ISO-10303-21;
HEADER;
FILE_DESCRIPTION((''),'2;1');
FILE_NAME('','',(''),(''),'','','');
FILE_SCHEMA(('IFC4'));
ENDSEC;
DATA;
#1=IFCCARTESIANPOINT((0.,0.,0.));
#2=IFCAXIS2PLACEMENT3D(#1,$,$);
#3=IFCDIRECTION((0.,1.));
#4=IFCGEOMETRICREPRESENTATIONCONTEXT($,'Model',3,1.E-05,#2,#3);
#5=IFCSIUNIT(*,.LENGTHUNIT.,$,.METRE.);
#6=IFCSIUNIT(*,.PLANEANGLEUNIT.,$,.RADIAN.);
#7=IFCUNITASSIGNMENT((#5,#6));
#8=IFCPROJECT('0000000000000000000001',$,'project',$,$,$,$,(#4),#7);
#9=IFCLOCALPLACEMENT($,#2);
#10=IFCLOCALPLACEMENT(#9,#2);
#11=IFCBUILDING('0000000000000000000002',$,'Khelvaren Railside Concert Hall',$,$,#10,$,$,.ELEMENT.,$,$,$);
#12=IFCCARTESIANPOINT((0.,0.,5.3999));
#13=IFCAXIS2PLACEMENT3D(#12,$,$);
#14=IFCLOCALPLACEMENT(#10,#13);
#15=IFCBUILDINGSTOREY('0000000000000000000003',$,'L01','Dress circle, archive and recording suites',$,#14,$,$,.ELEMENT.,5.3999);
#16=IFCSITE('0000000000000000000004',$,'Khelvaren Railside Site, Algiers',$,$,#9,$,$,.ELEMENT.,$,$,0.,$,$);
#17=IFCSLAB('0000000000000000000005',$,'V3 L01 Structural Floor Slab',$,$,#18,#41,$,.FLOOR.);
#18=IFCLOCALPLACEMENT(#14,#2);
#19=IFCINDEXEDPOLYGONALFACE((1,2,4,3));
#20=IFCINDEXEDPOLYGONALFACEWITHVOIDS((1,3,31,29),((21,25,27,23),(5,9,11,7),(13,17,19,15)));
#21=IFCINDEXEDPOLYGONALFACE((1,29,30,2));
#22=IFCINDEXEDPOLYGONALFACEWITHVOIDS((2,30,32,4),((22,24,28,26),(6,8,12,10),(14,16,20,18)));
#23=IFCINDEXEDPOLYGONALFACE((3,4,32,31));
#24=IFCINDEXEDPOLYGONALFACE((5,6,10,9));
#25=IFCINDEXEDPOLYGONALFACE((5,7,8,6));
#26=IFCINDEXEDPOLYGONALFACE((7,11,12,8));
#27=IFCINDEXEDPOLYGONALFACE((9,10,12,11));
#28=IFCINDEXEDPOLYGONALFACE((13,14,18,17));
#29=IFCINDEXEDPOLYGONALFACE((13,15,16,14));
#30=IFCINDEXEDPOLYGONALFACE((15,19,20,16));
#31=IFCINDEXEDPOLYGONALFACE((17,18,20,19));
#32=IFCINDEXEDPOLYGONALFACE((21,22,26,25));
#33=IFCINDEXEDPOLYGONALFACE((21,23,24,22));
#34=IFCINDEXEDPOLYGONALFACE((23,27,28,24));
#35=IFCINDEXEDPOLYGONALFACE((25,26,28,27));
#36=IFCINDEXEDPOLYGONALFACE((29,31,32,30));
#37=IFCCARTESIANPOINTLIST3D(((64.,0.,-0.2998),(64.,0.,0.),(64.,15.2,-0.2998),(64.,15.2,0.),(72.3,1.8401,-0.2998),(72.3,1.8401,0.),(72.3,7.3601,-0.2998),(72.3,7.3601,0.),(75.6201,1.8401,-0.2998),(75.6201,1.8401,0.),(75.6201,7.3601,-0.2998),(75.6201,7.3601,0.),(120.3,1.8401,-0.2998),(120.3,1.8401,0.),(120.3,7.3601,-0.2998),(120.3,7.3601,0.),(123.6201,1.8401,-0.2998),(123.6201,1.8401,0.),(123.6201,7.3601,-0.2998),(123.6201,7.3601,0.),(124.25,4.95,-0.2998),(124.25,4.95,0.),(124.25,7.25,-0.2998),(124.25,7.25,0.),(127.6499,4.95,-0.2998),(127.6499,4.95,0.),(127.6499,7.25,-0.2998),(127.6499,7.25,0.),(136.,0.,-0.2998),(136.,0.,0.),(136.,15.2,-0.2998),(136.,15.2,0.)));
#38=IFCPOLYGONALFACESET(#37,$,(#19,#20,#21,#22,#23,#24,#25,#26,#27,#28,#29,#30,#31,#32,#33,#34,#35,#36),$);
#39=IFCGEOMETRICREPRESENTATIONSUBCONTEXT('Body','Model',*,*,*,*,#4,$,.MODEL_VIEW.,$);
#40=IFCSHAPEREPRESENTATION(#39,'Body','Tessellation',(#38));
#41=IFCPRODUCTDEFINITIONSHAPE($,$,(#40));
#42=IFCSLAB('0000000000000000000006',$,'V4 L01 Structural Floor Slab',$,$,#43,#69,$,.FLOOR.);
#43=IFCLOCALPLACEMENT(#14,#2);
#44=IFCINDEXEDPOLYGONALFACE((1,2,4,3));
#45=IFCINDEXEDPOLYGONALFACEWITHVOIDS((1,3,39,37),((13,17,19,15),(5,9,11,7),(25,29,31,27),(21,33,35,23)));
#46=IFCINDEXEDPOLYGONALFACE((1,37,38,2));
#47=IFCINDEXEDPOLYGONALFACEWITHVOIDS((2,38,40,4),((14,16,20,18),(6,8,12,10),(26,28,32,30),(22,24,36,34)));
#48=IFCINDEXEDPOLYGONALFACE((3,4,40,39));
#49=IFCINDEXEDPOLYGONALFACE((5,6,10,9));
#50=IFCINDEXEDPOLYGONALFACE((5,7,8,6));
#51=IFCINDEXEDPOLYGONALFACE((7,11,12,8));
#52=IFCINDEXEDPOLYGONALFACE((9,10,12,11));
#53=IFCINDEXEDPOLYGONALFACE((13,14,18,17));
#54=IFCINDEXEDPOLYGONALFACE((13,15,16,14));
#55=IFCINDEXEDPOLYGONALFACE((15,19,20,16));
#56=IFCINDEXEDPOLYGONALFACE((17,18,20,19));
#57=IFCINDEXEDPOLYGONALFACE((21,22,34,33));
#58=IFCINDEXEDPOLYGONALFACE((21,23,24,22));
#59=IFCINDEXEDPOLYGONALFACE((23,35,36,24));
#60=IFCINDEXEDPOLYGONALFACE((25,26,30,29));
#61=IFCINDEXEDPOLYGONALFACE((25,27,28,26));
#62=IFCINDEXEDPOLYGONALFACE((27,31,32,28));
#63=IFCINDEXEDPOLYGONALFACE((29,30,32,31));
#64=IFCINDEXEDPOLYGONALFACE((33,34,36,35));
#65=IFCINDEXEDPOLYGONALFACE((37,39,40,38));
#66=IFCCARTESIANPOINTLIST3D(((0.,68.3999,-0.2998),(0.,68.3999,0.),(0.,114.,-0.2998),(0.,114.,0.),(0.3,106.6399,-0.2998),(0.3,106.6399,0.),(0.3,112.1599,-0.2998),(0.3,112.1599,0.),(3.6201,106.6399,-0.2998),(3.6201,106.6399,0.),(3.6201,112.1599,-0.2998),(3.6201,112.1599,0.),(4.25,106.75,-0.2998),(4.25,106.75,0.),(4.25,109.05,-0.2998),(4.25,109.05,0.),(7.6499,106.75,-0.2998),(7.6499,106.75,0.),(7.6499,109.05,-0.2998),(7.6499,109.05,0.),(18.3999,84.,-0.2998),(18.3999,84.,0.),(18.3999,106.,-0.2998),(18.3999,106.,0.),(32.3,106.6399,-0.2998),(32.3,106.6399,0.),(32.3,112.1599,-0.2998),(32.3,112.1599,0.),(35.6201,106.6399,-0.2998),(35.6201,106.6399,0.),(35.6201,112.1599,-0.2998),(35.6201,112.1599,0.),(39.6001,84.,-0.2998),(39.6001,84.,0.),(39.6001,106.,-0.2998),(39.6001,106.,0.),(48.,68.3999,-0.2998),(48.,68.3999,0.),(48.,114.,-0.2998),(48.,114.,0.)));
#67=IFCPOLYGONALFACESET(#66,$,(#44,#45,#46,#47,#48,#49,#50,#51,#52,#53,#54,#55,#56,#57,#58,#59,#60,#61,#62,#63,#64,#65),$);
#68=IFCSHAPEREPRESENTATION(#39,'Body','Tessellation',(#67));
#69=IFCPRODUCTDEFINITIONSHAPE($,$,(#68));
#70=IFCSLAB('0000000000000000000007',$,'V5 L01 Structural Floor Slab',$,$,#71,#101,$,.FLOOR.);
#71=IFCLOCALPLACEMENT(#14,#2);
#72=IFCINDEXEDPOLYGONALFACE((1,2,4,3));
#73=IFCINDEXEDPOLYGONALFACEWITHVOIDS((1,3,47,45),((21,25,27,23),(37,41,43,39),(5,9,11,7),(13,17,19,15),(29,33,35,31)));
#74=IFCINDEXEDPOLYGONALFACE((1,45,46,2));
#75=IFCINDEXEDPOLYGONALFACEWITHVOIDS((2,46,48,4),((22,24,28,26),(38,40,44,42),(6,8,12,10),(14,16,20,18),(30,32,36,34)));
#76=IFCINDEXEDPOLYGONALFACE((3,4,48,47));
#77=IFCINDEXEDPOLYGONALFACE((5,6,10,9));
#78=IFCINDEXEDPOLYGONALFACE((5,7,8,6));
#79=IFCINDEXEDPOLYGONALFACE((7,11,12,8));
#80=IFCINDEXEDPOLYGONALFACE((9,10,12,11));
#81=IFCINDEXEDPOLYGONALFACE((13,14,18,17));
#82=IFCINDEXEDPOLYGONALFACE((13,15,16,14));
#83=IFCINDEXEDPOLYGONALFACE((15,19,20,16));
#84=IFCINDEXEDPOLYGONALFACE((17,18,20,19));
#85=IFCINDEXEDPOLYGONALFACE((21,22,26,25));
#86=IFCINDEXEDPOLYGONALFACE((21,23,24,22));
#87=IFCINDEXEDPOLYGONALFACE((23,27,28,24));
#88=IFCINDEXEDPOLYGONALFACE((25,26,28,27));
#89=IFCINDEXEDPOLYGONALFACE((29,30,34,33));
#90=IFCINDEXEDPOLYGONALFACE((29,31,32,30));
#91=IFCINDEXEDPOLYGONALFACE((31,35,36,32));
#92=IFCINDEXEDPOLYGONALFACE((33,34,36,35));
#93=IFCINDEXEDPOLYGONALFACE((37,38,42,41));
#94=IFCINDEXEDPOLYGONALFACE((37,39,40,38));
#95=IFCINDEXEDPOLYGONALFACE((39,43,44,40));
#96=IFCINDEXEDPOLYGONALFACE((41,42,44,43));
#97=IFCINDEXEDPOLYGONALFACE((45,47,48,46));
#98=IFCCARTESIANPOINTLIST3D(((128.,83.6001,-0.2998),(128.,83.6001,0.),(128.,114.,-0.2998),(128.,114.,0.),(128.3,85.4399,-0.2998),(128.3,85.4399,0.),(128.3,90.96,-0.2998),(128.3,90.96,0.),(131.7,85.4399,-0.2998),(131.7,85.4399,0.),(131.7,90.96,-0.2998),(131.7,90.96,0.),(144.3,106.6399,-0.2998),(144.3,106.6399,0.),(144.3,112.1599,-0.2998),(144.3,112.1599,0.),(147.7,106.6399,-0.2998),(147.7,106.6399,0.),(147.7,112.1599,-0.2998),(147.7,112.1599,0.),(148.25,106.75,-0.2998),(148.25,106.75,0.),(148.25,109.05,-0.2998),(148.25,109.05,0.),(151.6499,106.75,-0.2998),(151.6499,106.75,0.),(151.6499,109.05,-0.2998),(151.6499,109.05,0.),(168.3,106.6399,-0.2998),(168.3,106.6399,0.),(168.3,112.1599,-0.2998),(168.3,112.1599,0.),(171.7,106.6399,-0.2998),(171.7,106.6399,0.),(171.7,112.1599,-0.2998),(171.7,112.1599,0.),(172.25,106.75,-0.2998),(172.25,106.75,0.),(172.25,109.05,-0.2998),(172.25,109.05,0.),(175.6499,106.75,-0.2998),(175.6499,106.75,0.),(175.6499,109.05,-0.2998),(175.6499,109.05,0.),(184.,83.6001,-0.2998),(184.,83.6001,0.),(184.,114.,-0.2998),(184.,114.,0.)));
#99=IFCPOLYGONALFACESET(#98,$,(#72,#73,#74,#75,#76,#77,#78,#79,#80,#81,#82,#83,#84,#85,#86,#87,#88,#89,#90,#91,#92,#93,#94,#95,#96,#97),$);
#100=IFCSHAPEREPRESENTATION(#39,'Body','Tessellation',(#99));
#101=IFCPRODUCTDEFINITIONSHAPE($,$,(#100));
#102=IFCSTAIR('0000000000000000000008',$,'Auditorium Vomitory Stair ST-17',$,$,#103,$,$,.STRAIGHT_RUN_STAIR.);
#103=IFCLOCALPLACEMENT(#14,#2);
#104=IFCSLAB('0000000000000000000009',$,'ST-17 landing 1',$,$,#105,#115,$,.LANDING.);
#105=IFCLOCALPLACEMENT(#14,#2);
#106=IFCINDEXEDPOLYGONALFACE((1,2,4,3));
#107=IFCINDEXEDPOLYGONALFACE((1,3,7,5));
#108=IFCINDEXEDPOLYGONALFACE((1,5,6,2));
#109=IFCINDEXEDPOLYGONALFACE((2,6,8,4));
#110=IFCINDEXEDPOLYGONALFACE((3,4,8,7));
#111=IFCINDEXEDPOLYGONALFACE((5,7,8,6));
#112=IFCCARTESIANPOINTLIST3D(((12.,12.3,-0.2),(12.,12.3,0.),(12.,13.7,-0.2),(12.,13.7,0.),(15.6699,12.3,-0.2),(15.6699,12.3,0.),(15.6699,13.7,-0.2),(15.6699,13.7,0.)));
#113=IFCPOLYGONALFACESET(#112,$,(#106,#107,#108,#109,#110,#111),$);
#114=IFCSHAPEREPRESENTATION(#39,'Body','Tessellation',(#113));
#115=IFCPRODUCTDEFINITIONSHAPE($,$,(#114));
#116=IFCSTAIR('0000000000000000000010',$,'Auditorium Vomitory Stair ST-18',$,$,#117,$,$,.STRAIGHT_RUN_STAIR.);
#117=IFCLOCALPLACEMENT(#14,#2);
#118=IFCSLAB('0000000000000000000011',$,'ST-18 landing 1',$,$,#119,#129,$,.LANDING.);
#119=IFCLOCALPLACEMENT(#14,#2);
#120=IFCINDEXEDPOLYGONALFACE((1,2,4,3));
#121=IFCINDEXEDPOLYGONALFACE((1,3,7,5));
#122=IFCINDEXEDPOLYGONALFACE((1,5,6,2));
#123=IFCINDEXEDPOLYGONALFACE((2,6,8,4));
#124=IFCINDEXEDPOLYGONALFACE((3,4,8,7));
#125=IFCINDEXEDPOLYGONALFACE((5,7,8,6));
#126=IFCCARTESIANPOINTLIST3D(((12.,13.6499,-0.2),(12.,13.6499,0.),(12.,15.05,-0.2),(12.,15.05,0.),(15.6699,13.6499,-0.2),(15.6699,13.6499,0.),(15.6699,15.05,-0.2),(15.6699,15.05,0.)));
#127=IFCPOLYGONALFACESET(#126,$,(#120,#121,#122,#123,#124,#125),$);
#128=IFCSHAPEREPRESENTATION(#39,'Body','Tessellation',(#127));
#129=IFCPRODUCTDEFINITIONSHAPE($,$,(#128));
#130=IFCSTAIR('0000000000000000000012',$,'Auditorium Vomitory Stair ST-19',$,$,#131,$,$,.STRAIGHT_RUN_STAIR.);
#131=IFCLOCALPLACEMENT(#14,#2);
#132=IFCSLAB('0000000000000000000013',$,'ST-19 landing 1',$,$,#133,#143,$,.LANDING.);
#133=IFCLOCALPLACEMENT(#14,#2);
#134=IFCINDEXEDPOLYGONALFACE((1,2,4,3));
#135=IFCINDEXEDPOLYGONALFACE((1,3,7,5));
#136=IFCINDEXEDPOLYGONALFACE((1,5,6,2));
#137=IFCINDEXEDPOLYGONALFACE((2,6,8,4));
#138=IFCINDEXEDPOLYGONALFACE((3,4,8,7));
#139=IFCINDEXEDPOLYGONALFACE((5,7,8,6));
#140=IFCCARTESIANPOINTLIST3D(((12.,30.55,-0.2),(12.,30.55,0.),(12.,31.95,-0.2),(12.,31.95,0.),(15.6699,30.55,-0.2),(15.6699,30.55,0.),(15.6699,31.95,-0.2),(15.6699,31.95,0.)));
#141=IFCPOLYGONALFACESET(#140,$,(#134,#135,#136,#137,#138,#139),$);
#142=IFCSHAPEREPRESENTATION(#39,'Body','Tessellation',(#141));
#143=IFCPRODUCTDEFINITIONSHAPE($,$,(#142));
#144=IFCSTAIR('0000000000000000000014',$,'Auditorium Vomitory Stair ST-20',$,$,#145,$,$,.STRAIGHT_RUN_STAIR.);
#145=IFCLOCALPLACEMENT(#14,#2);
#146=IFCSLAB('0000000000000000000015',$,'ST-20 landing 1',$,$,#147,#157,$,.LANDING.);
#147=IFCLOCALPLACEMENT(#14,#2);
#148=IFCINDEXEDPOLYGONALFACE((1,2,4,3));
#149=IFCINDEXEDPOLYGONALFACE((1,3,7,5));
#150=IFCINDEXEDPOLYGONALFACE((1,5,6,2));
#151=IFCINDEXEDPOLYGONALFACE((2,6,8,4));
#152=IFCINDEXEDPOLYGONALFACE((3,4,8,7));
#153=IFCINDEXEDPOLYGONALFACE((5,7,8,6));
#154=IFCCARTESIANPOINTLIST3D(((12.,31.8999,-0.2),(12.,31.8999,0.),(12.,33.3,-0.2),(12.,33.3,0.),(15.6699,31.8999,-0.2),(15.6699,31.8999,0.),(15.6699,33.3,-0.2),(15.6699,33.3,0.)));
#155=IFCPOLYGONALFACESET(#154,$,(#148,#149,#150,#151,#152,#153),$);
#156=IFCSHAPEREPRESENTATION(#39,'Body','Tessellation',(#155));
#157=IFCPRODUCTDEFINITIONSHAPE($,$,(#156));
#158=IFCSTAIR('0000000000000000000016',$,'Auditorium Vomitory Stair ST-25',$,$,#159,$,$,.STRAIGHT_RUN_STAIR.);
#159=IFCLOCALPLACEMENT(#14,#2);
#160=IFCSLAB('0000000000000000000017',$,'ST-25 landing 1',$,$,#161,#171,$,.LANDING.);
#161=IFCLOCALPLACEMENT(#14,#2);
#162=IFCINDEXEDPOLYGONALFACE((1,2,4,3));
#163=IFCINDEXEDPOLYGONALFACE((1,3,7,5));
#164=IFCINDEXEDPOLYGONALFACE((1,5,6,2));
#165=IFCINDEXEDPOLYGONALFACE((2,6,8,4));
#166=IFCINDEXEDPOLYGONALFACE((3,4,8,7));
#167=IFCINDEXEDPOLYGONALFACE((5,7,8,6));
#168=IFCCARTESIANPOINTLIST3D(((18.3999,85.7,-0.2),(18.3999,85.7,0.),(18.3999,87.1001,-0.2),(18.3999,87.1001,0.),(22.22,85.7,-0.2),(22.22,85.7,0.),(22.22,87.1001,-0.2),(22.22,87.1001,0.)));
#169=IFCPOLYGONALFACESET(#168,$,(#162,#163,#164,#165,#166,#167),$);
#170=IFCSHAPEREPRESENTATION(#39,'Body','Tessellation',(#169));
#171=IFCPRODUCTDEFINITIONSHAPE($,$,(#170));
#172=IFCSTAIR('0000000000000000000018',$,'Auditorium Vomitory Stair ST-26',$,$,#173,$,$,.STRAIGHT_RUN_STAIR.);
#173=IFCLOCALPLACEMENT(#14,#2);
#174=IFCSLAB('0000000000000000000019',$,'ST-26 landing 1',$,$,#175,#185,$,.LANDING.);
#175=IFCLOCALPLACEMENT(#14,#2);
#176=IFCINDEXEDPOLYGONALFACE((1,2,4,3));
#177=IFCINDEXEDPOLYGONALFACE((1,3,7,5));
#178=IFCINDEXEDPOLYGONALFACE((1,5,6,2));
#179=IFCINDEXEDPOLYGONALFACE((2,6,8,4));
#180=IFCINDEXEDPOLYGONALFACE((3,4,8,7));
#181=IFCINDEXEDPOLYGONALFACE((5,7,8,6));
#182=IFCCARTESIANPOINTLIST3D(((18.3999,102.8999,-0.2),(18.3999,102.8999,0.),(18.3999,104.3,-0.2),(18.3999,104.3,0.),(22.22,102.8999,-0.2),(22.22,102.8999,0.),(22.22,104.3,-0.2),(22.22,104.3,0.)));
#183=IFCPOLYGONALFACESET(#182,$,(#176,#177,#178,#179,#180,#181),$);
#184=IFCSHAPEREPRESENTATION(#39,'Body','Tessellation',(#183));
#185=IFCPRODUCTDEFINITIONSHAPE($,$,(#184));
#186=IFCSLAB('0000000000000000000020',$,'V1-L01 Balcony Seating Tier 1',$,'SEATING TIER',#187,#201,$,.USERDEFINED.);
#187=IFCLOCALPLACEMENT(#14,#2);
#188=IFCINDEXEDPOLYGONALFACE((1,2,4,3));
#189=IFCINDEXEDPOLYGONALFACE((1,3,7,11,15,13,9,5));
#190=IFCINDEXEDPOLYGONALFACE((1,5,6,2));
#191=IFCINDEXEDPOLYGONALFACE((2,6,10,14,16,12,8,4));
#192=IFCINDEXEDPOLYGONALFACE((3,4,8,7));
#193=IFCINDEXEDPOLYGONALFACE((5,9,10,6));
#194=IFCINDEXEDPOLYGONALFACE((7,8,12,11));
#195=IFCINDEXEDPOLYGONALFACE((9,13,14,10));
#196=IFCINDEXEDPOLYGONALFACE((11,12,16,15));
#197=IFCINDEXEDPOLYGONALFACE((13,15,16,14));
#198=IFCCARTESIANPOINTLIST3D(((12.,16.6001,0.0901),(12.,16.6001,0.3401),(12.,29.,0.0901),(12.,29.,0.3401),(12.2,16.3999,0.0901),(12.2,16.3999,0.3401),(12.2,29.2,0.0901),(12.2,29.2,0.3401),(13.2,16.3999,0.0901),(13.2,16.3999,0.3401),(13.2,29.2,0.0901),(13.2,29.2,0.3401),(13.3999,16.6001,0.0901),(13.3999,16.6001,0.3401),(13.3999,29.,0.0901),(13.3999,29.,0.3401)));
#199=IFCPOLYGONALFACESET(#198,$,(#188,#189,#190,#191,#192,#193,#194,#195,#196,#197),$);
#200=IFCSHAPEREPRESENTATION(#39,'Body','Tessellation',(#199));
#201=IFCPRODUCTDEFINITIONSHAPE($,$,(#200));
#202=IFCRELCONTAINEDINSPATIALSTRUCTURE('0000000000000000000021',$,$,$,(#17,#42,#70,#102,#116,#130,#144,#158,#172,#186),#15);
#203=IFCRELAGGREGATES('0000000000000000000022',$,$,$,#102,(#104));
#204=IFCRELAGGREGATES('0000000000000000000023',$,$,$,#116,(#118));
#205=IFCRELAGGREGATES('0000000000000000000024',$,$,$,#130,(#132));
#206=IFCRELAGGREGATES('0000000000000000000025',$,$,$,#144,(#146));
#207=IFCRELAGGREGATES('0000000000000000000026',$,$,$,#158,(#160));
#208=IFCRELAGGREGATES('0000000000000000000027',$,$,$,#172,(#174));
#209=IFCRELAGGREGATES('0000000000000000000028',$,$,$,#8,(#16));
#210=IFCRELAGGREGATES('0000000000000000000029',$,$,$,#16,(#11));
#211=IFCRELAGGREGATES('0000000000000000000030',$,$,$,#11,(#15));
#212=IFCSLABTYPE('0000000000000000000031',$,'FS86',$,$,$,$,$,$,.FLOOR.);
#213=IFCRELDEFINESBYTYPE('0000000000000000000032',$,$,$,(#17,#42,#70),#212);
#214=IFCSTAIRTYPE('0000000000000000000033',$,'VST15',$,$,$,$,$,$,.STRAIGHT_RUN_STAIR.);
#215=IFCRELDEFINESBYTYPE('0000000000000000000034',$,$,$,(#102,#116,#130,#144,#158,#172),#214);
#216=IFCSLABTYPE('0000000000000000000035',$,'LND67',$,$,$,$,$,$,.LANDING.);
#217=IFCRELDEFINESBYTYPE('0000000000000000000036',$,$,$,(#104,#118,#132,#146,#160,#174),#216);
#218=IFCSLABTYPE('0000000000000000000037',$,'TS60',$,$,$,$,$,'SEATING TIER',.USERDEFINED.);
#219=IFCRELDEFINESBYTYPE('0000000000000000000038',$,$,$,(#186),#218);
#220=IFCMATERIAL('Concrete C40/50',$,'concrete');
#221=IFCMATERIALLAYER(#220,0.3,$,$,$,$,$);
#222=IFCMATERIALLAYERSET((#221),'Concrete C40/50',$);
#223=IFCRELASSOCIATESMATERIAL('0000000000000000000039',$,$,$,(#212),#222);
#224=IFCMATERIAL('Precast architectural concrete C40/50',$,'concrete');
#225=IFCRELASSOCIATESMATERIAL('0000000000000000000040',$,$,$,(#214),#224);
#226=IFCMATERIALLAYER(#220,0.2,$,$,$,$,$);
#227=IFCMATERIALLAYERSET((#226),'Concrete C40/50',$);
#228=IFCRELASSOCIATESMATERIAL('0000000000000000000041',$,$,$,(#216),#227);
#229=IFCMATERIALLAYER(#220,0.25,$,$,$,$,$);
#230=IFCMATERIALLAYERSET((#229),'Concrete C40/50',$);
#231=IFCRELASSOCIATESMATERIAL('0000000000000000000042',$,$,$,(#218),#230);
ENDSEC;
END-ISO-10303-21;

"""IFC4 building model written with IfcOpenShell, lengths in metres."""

from ifc_helpers import new_model, si_unit, direction, frame, origin, place, context, subcontext, project, spatial, polyline, outline, extrude, material, layer, layer_set, type_object, element, aggregate, save


model = new_model("IFC4")

# Units and contexts
model_context = context("Model", 3, precision=1e-05, world=origin(), true_north=direction((0.0, 1.0)))
body_context = subcontext(model_context, "Body", "Model", "MODEL_VIEW")
ifc_project = project(units=[si_unit("LENGTHUNIT", "METRE"), si_unit("PLANEANGLEUNIT", "RADIAN")], contexts=[model_context])

# Site, building, storey
site_placement = place(None, origin())
site = spatial("IfcSite", under=ifc_project, at=site_placement, Name="Khelvaren Railside Site, Algiers", CompositionType="ELEMENT", RefElevation=0.0)
building_placement = place(site_placement, origin())
building = spatial("IfcBuilding", under=site, at=building_placement, Name="Khelvaren Railside Concert Hall", CompositionType="ELEMENT")
storey_placement = place(building_placement, frame((0.0, 0.0, 5.3999)))
storey = spatial("IfcBuildingStorey", under=building, at=storey_placement, Name="L01", Description="Dress circle, archive and recording suites", CompositionType="ELEMENT", Elevation=5.3999)

# Slabs
ifc_material_1 = material(Name="Concrete C40/50", Category="concrete")
ifc_layer_1 = layer(ifc_material_1, 0.3)
ifc_layer_set_1 = layer_set([ifc_layer_1], Name="Concrete C40/50")
slab_type_1 = type_object("IfcSlabType", Name="FS86", PredefinedType="FLOOR", material=ifc_layer_set_1)
slab_1_placement = place(storey_placement, frame((0.0, 0.0, -0.2998)))
element("IfcSlab", 1, at=slab_1_placement, inside=storey, type_object=slab_type_1, Name="V3 L01 Structural Floor Slab", PredefinedType="FLOOR", context=body_context, shape_type="SweptSolid", body=[
    extrude(outline(polyline([(64.0, 0.0), (136.0, 0.0), (136.0, 15.2), (64.0, 15.2), (64.0, 0.0)]), holes=[polyline([(75.6201, 1.8401), (75.6201, 7.3601), (72.3, 7.3601), (72.3, 1.8401), (75.6201, 1.8401)]), polyline([(123.6201, 1.8401), (123.6201, 7.3601), (120.3, 7.3601), (120.3, 1.8401), (123.6201, 1.8401)]), polyline([(124.25, 4.95), (127.6499, 4.95), (127.6499, 7.25), (124.25, 7.25), (124.25, 4.95)])]), origin(), (0.0, 0.0, 1.0), 0.2998),
])
slab_2_placement = place(storey_placement, frame((0.0, 0.0, -0.2998)))
element("IfcSlab", 2, at=slab_2_placement, inside=storey, type_object=slab_type_1, Name="V4 L01 Structural Floor Slab", PredefinedType="FLOOR", context=body_context, shape_type="SweptSolid", body=[
    extrude(outline(polyline([(0.0, 68.3999), (48.0, 68.3999), (48.0, 114.0), (0.0, 114.0), (0.0, 68.3999)]), holes=[polyline([(0.3, 112.1599), (0.3, 106.6399), (3.6201, 106.6399), (3.6201, 112.1599), (0.3, 112.1599)]), polyline([(4.25, 106.75), (7.6499, 106.75), (7.6499, 109.05), (4.25, 109.05), (4.25, 106.75)]), polyline([(32.3, 112.1599), (32.3, 106.6399), (35.6201, 106.6399), (35.6201, 112.1599), (32.3, 112.1599)]), polyline([(18.3999, 84.0), (39.6001, 84.0), (39.6001, 106.0), (18.3999, 106.0), (18.3999, 84.0)])]), origin(), (0.0, 0.0, 1.0), 0.2998),
])
slab_3_placement = place(storey_placement, frame((0.0, 0.0, -0.2998)))
element("IfcSlab", 3, at=slab_3_placement, inside=storey, type_object=slab_type_1, Name="V5 L01 Structural Floor Slab", PredefinedType="FLOOR", context=body_context, shape_type="SweptSolid", body=[
    extrude(outline(polyline([(128.0, 83.6001), (184.0, 83.6001), (184.0, 114.0), (128.0, 114.0), (128.0, 83.6001)]), holes=[polyline([(144.3, 112.1599), (144.3, 106.6399), (147.7, 106.6399), (147.7, 112.1599), (144.3, 112.1599)]), polyline([(148.25, 106.75), (151.6499, 106.75), (151.6499, 109.05), (148.25, 109.05), (148.25, 106.75)]), polyline([(168.3, 112.1599), (168.3, 106.6399), (171.7, 106.6399), (171.7, 112.1599), (168.3, 112.1599)]), polyline([(172.25, 106.75), (175.6499, 106.75), (175.6499, 109.05), (172.25, 109.05), (172.25, 106.75)]), polyline([(131.7, 85.4399), (131.7, 90.96), (128.3, 90.96), (128.3, 85.4399), (131.7, 85.4399)])]), origin(), (0.0, 0.0, 1.0), 0.2998),
])

# Stairs, slabs
ifc_material_2 = material(Name="Precast architectural concrete C40/50", Category="concrete")
stair_type = type_object("IfcStairType", Name="VST15", PredefinedType="STRAIGHT_RUN_STAIR", material=ifc_material_2)
stair_1_placement = place(storey_placement, origin())
stair_1 = element("IfcStair", 4, at=stair_1_placement, inside=storey, type_object=stair_type, Name="Auditorium Vomitory Stair ST-17", PredefinedType="STRAIGHT_RUN_STAIR")
ifc_layer_2 = layer(ifc_material_1, 0.2)
ifc_layer_set_2 = layer_set([ifc_layer_2], Name="Concrete C40/50")
slab_type_2 = type_object("IfcSlabType", Name="LND67", PredefinedType="LANDING", material=ifc_layer_set_2)
slab_4_placement = place(storey_placement, frame((0.0, 0.0, -0.2)))
slab_4 = element("IfcSlab", 5, at=slab_4_placement, type_object=slab_type_2, Name="ST-17 landing 1", PredefinedType="LANDING", context=body_context, shape_type="SweptSolid", body=[
    extrude(outline(polyline([(12.0, 12.3), (15.6699, 12.3), (15.6699, 13.7), (12.0, 13.7), (12.0, 12.3)])), origin(), (0.0, 0.0, 1.0), 0.2),
])
aggregate(stair_1, [slab_4])
stair_2_placement = place(storey_placement, origin())
stair_2 = element("IfcStair", 6, at=stair_2_placement, inside=storey, type_object=stair_type, Name="Auditorium Vomitory Stair ST-18", PredefinedType="STRAIGHT_RUN_STAIR")
slab_5_placement = place(storey_placement, frame((0.0, 0.0, -0.2)))
slab_5 = element("IfcSlab", 7, at=slab_5_placement, type_object=slab_type_2, Name="ST-18 landing 1", PredefinedType="LANDING", context=body_context, shape_type="SweptSolid", body=[
    extrude(outline(polyline([(12.0, 13.6499), (15.6699, 13.6499), (15.6699, 15.05), (12.0, 15.05), (12.0, 13.6499)])), origin(), (0.0, 0.0, 1.0), 0.2),
])
aggregate(stair_2, [slab_5])
stair_3_placement = place(storey_placement, origin())
stair_3 = element("IfcStair", 8, at=stair_3_placement, inside=storey, type_object=stair_type, Name="Auditorium Vomitory Stair ST-19", PredefinedType="STRAIGHT_RUN_STAIR")
slab_6_placement = place(storey_placement, frame((0.0, 0.0, -0.2)))
slab_6 = element("IfcSlab", 9, at=slab_6_placement, type_object=slab_type_2, Name="ST-19 landing 1", PredefinedType="LANDING", context=body_context, shape_type="SweptSolid", body=[
    extrude(outline(polyline([(12.0, 30.55), (15.6699, 30.55), (15.6699, 31.95), (12.0, 31.95), (12.0, 30.55)])), origin(), (0.0, 0.0, 1.0), 0.2),
])
aggregate(stair_3, [slab_6])
stair_4_placement = place(storey_placement, origin())
stair_4 = element("IfcStair", 10, at=stair_4_placement, inside=storey, type_object=stair_type, Name="Auditorium Vomitory Stair ST-20", PredefinedType="STRAIGHT_RUN_STAIR")
slab_7_placement = place(storey_placement, frame((0.0, 0.0, -0.2)))
slab_7 = element("IfcSlab", 11, at=slab_7_placement, type_object=slab_type_2, Name="ST-20 landing 1", PredefinedType="LANDING", context=body_context, shape_type="SweptSolid", body=[
    extrude(outline(polyline([(12.0, 31.8999), (15.6699, 31.8999), (15.6699, 33.3), (12.0, 33.3), (12.0, 31.8999)])), origin(), (0.0, 0.0, 1.0), 0.2),
])
aggregate(stair_4, [slab_7])
stair_5_placement = place(storey_placement, origin())
stair_5 = element("IfcStair", 12, at=stair_5_placement, inside=storey, type_object=stair_type, Name="Auditorium Vomitory Stair ST-25", PredefinedType="STRAIGHT_RUN_STAIR")
slab_8_placement = place(storey_placement, frame((0.0, 0.0, -0.2)))
slab_8 = element("IfcSlab", 13, at=slab_8_placement, type_object=slab_type_2, Name="ST-25 landing 1", PredefinedType="LANDING", context=body_context, shape_type="SweptSolid", body=[
    extrude(outline(polyline([(18.3999, 85.7), (22.22, 85.7), (22.22, 87.1001), (18.3999, 87.1001), (18.3999, 85.7)])), origin(), (0.0, 0.0, 1.0), 0.2),
])
aggregate(stair_5, [slab_8])
stair_6_placement = place(storey_placement, origin())
stair_6 = element("IfcStair", 14, at=stair_6_placement, inside=storey, type_object=stair_type, Name="Auditorium Vomitory Stair ST-26", PredefinedType="STRAIGHT_RUN_STAIR")
slab_9_placement = place(storey_placement, frame((0.0, 0.0, -0.2)))
slab_9 = element("IfcSlab", 15, at=slab_9_placement, type_object=slab_type_2, Name="ST-26 landing 1", PredefinedType="LANDING", context=body_context, shape_type="SweptSolid", body=[
    extrude(outline(polyline([(18.3999, 102.8999), (22.22, 102.8999), (22.22, 104.3), (18.3999, 104.3), (18.3999, 102.8999)])), origin(), (0.0, 0.0, 1.0), 0.2),
])
aggregate(stair_6, [slab_9])

# Slab
ifc_layer_3 = layer(ifc_material_1, 0.25)
ifc_layer_set_3 = layer_set([ifc_layer_3], Name="Concrete C40/50")
slab_type_3 = type_object("IfcSlabType", Name="TS60", ElementType="SEATING TIER", PredefinedType="USERDEFINED", material=ifc_layer_set_3)
slab_10_placement = place(storey_placement, frame((0.0, 0.0, 0.0901)))
element("IfcSlab", 16, at=slab_10_placement, inside=storey, type_object=slab_type_3, Name="V1-L01 Balcony Seating Tier 1", ObjectType="SEATING TIER", PredefinedType="USERDEFINED", context=body_context, shape_type="SweptSolid", body=[
    extrude(outline(polyline([(12.2, 16.3999), (13.2, 16.3999), (13.3999, 16.6001), (13.3999, 29.0), (13.2, 29.2), (12.2, 29.2), (12.0, 29.0), (12.0, 16.6001), (12.2, 16.3999)])), origin(), (0.0, 0.0, 1.0), 0.25),
])

save(model, "model.ifc")
